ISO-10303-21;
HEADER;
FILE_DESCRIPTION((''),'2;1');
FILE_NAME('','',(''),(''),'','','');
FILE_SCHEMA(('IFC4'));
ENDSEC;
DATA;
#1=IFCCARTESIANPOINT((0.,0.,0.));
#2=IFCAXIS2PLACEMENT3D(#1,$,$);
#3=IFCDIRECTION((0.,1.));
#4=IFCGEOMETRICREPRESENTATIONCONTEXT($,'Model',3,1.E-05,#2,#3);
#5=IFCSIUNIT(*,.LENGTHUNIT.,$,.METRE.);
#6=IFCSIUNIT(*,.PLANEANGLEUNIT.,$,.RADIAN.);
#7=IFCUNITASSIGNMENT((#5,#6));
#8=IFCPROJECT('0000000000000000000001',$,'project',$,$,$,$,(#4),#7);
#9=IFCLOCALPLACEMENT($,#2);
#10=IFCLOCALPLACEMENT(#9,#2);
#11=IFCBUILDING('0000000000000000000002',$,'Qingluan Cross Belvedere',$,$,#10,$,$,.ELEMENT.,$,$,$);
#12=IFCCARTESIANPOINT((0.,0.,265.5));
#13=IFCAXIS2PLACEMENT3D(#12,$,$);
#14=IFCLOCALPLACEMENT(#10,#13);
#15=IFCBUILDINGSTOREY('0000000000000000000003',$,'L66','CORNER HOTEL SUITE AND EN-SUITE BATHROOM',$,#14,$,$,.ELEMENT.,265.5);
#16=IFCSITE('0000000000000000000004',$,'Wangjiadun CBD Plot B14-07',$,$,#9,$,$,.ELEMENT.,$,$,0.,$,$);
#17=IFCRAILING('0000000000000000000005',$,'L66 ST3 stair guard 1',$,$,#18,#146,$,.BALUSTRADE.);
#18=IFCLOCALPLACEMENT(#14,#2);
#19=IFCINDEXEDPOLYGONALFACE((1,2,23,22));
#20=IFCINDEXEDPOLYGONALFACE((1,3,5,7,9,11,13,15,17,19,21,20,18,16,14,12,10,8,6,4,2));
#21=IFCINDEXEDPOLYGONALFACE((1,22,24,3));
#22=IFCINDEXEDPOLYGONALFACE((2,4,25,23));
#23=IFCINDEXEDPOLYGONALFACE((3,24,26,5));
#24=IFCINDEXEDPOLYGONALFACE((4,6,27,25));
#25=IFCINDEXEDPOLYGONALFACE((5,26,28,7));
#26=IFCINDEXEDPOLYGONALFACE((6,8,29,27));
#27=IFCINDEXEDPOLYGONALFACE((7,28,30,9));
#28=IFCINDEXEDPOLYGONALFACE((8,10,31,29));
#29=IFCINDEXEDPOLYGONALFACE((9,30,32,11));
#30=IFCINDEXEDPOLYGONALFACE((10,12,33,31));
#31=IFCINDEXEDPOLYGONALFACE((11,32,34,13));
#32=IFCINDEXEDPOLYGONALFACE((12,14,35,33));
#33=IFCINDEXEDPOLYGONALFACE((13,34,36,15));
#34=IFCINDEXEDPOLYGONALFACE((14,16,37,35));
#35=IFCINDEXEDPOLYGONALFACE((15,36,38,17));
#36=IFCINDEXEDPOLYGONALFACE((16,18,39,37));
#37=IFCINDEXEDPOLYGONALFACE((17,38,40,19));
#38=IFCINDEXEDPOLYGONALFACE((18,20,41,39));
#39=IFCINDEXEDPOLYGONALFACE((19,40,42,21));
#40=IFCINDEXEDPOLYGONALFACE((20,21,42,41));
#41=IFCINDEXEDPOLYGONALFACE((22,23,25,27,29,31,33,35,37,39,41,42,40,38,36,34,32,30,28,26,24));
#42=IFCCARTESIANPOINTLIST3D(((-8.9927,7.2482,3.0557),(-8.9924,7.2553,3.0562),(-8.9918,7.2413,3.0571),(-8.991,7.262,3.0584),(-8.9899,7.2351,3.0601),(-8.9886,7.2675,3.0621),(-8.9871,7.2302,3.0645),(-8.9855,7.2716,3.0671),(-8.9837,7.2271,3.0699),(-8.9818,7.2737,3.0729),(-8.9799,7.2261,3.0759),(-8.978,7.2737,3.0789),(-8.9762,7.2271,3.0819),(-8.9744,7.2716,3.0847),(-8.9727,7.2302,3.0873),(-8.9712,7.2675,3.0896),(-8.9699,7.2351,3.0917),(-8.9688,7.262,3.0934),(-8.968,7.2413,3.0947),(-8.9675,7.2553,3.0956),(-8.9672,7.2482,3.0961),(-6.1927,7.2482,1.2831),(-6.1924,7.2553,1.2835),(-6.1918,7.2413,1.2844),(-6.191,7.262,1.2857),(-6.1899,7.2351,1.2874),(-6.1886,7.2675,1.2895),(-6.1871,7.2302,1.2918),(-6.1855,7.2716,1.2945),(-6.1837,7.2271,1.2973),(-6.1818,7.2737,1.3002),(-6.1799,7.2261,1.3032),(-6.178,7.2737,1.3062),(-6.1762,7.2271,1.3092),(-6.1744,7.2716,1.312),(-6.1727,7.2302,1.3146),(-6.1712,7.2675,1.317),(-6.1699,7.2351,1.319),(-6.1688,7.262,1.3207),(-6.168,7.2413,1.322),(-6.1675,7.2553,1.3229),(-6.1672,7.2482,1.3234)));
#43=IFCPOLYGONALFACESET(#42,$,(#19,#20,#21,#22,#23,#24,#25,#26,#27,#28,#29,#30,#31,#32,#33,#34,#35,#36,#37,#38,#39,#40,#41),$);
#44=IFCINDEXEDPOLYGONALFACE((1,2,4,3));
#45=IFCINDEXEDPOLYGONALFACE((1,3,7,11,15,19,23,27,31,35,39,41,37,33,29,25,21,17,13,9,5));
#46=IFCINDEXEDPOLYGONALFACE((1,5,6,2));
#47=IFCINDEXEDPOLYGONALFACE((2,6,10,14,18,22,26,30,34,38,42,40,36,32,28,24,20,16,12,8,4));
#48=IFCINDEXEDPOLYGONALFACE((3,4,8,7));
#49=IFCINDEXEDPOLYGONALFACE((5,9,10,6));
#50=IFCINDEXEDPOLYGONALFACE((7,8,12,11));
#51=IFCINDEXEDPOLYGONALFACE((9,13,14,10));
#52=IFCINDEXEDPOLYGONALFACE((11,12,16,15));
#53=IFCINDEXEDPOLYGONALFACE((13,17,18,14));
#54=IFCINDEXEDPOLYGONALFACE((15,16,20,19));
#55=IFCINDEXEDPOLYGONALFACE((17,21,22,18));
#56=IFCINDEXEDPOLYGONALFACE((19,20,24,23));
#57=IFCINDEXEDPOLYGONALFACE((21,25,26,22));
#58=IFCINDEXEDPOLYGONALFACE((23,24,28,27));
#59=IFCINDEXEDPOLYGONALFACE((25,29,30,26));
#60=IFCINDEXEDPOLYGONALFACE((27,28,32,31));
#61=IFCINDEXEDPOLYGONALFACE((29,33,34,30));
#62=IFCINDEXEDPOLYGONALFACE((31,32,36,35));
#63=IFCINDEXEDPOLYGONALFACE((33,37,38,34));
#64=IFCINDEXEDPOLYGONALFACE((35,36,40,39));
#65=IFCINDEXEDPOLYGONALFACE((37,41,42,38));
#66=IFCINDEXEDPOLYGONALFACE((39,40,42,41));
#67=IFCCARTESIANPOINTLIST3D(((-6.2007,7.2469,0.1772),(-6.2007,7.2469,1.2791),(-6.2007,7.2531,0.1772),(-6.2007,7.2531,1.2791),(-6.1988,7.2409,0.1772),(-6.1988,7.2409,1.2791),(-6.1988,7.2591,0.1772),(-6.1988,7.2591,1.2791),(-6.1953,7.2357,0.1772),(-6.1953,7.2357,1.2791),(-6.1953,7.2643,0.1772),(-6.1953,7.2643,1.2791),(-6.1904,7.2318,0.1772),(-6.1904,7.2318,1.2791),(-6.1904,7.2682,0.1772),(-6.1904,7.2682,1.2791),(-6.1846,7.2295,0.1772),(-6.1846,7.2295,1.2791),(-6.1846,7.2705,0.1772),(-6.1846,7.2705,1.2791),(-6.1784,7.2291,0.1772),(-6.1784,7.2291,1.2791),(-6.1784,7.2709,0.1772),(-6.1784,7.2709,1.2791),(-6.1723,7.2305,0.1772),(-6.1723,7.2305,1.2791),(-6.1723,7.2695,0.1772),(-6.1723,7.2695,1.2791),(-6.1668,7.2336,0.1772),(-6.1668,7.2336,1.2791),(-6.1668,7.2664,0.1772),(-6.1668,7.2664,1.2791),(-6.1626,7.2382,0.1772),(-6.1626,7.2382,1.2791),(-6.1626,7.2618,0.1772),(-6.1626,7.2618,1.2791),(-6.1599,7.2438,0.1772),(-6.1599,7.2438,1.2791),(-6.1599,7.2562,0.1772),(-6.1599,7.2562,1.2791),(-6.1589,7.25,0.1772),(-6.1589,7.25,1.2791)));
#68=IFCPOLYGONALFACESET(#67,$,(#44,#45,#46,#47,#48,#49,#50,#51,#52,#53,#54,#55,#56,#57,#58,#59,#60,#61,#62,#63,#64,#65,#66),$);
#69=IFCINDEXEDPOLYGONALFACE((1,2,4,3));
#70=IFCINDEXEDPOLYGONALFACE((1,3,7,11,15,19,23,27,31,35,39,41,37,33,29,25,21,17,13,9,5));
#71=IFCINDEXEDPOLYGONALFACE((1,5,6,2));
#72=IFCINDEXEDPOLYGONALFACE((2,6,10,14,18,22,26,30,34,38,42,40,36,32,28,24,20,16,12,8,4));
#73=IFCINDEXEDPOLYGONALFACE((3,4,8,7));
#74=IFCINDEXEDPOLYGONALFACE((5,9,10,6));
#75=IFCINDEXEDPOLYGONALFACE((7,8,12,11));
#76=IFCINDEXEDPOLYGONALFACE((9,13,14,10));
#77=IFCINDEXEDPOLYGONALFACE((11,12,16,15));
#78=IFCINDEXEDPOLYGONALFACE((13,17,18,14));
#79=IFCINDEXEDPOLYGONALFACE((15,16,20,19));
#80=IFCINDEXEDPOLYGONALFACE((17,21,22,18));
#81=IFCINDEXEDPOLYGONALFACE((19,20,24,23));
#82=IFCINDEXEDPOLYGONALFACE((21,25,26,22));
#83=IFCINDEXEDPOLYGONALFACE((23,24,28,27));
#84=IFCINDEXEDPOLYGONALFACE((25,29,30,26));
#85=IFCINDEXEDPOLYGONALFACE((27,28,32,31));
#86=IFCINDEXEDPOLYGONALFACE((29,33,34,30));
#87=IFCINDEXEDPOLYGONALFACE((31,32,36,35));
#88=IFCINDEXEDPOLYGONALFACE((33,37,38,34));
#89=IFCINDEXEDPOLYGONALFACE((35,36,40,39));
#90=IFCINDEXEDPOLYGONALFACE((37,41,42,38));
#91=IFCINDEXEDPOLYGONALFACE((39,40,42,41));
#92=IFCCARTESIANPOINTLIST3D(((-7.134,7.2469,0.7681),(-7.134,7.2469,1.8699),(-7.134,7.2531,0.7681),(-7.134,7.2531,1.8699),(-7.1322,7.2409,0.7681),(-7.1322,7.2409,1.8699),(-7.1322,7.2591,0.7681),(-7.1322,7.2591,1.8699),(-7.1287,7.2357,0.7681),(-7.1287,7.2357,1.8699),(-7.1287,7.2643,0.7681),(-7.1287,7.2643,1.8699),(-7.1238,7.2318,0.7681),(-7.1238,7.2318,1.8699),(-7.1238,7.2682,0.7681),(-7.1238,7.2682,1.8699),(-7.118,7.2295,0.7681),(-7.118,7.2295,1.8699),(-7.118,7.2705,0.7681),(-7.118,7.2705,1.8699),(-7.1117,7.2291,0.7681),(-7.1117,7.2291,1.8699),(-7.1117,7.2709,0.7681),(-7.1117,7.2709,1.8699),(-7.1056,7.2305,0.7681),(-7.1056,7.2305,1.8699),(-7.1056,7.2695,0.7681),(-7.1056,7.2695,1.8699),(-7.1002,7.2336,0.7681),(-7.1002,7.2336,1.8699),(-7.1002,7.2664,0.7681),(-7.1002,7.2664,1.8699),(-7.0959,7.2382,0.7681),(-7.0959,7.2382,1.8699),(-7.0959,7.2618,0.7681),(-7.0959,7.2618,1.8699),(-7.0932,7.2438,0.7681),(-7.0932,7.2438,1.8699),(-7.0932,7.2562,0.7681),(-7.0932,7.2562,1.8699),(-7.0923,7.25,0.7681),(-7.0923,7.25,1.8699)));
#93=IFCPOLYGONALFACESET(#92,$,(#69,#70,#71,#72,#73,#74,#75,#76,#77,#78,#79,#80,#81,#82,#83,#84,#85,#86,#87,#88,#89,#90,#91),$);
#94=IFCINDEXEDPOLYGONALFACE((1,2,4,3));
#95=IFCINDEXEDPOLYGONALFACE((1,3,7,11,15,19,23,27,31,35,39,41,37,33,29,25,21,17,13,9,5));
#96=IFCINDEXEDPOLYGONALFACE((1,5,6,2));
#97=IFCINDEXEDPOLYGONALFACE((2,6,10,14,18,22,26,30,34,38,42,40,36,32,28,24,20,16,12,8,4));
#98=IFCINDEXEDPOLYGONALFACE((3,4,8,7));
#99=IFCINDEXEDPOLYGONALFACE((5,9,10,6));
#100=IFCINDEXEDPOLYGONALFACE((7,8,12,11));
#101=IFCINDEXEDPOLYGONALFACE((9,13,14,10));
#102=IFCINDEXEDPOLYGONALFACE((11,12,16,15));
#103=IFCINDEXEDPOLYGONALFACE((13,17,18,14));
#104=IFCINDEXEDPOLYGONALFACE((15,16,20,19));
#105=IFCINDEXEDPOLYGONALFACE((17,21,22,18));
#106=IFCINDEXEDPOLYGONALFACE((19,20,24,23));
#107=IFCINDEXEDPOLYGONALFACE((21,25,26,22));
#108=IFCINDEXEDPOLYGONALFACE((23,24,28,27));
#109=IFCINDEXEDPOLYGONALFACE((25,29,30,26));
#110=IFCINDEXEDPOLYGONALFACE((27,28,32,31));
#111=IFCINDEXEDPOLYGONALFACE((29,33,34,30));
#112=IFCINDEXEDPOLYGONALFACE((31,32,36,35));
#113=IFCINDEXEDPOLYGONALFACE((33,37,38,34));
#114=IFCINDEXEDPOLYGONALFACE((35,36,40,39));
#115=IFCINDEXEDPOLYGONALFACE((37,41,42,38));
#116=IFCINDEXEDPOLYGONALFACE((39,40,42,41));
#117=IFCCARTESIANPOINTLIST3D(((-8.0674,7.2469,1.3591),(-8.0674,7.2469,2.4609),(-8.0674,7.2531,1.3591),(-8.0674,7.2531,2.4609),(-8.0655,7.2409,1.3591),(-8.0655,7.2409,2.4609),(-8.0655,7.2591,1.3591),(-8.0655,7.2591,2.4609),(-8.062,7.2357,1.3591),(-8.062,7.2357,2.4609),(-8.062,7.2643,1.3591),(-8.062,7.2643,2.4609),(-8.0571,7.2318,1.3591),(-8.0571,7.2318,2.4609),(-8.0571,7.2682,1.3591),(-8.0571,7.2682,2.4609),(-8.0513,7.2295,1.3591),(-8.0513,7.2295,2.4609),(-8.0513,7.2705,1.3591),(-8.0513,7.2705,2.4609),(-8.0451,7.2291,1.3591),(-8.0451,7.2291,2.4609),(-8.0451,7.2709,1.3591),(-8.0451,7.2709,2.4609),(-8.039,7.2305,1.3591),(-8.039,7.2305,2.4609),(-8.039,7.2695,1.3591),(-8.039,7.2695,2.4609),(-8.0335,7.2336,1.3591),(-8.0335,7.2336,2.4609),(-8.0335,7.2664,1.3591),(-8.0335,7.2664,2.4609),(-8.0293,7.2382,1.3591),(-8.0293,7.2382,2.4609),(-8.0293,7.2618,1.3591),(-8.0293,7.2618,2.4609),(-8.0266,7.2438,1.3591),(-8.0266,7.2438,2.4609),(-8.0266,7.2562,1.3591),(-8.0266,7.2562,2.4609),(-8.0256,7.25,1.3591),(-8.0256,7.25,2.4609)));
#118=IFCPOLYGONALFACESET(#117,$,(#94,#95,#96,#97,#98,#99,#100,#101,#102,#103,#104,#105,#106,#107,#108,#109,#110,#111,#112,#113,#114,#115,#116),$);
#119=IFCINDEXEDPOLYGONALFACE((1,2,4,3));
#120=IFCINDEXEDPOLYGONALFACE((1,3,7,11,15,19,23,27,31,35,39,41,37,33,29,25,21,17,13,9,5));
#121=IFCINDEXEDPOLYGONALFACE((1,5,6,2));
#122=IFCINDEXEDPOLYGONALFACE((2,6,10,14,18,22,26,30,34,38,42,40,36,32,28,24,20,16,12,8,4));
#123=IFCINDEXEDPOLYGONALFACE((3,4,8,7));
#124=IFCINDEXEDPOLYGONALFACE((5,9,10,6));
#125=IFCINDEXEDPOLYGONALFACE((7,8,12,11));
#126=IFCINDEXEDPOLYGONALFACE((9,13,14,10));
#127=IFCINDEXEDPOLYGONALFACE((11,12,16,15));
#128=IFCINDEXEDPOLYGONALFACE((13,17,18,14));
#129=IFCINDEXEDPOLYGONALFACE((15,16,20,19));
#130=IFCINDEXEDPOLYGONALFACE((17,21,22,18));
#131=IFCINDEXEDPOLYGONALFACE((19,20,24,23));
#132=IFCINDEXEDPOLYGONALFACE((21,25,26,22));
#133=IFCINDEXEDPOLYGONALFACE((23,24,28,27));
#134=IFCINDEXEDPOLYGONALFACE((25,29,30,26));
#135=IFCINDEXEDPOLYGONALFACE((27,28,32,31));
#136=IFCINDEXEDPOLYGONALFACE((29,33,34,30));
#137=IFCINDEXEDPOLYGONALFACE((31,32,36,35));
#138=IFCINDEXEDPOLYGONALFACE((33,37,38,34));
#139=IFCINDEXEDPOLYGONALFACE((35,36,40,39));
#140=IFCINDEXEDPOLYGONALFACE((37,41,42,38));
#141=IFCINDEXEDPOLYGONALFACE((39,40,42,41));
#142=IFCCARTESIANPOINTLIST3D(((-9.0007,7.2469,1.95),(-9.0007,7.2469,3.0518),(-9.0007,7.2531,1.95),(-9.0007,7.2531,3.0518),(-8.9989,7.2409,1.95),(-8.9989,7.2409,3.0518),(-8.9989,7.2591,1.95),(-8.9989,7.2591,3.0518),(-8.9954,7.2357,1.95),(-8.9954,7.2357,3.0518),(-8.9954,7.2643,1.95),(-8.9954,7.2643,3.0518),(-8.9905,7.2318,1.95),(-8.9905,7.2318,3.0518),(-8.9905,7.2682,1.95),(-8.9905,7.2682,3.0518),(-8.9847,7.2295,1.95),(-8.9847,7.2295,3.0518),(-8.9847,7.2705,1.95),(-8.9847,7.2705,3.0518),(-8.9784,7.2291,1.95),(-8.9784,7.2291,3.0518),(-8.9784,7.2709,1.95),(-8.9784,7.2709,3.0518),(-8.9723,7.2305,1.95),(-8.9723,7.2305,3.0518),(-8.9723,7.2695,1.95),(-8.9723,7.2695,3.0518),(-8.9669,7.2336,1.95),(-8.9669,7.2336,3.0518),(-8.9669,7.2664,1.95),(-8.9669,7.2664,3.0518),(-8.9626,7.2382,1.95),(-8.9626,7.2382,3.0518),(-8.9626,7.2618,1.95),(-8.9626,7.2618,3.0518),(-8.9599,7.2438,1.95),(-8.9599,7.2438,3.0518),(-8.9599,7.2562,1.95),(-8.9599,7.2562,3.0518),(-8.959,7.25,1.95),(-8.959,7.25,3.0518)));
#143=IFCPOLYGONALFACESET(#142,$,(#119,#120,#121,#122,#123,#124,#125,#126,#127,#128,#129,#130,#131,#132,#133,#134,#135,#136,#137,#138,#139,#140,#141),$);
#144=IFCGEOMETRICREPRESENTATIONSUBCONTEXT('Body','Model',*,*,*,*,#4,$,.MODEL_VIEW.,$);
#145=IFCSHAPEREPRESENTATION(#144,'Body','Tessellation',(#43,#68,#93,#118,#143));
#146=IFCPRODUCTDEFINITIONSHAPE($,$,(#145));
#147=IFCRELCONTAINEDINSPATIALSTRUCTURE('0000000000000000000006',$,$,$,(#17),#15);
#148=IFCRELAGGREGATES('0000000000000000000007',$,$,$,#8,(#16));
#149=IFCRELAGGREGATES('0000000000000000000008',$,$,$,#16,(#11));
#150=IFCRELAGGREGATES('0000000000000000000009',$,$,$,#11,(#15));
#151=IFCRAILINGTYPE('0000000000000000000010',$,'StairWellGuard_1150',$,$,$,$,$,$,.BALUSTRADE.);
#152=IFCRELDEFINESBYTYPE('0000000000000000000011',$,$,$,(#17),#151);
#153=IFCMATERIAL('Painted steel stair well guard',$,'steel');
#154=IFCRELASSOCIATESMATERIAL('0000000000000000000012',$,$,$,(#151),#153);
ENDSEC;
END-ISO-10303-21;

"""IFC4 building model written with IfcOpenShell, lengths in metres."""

from ifc_helpers import new_model, si_unit, direction, frame, origin, origin_2d, place, context, subcontext, project, spatial, circle, extrude, material, type_object, element, save


model = new_model("IFC4")

# Units and contexts
model_context = context("Model", 3, precision=1e-05, world=origin(), true_north=direction((0.0, 1.0)))
body_context = subcontext(model_context, "Body", "Model", "MODEL_VIEW")
ifc_project = project(units=[si_unit("LENGTHUNIT", "METRE"), si_unit("PLANEANGLEUNIT", "RADIAN")], contexts=[model_context])

# Site, building, storey
site_placement = place(None, origin())
site = spatial("IfcSite", under=ifc_project, at=site_placement, Name="Wangjiadun CBD Plot B14-07", CompositionType="ELEMENT", RefElevation=0.0)
building_placement = place(site_placement, origin())
building = spatial("IfcBuilding", under=site, at=building_placement, Name="Qingluan Cross Belvedere", CompositionType="ELEMENT")
storey_placement = place(building_placement, frame((0.0, 0.0, 265.5)))
storey = spatial("IfcBuildingStorey", under=building, at=storey_placement, Name="L66", Description="CORNER HOTEL SUITE AND EN-SUITE BATHROOM", CompositionType="ELEMENT", Elevation=265.5)

# Railing
ifc_material_1 = material(Name="Painted steel stair well guard", Category="steel")
railing_type_1 = type_object("IfcRailingType", Name="StairWellGuard_1150", PredefinedType="BALUSTRADE", material=ifc_material_1)
railing_1_placement = place(storey_placement, frame((-6.1799, 7.25, 0.1772)))
element("IfcRailing", 1, at=railing_1_placement, inside=storey, type_object=railing_type_1, Name="L66 ST3 stair guard 1", PredefinedType="BALUSTRADE", context=body_context, shape_type="SweptSolid", body=[
    extrude(circle(Radius=0.0239, at=origin_2d()), frame((0.0, 0.0, 1.126), z_axis=(-0.844909, 0.0, 0.53491), x_axis=(0.0, -1.0, 0.0)), (0.0, 0.0, 1.0), 3.314),
    extrude(circle(Radius=0.021, at=origin_2d()), origin(), (0.0, 0.0, 1.0), 1.1018),
    extrude(circle(Radius=0.021, at=origin_2d()), frame((-0.9333, 0.0, 0.5908)), (0.0, 0.0, 1.0), 1.1018),
    extrude(circle(Radius=0.021, at=origin_2d()), frame((-1.8667, 0.0, 1.1819)), (0.0, 0.0, 1.0), 1.1018),
    extrude(circle(Radius=0.021, at=origin_2d()), frame((-2.8, 0.0, 1.7727)), (0.0, 0.0, 1.0), 1.1018),
])

save(model, "model.ifc")
